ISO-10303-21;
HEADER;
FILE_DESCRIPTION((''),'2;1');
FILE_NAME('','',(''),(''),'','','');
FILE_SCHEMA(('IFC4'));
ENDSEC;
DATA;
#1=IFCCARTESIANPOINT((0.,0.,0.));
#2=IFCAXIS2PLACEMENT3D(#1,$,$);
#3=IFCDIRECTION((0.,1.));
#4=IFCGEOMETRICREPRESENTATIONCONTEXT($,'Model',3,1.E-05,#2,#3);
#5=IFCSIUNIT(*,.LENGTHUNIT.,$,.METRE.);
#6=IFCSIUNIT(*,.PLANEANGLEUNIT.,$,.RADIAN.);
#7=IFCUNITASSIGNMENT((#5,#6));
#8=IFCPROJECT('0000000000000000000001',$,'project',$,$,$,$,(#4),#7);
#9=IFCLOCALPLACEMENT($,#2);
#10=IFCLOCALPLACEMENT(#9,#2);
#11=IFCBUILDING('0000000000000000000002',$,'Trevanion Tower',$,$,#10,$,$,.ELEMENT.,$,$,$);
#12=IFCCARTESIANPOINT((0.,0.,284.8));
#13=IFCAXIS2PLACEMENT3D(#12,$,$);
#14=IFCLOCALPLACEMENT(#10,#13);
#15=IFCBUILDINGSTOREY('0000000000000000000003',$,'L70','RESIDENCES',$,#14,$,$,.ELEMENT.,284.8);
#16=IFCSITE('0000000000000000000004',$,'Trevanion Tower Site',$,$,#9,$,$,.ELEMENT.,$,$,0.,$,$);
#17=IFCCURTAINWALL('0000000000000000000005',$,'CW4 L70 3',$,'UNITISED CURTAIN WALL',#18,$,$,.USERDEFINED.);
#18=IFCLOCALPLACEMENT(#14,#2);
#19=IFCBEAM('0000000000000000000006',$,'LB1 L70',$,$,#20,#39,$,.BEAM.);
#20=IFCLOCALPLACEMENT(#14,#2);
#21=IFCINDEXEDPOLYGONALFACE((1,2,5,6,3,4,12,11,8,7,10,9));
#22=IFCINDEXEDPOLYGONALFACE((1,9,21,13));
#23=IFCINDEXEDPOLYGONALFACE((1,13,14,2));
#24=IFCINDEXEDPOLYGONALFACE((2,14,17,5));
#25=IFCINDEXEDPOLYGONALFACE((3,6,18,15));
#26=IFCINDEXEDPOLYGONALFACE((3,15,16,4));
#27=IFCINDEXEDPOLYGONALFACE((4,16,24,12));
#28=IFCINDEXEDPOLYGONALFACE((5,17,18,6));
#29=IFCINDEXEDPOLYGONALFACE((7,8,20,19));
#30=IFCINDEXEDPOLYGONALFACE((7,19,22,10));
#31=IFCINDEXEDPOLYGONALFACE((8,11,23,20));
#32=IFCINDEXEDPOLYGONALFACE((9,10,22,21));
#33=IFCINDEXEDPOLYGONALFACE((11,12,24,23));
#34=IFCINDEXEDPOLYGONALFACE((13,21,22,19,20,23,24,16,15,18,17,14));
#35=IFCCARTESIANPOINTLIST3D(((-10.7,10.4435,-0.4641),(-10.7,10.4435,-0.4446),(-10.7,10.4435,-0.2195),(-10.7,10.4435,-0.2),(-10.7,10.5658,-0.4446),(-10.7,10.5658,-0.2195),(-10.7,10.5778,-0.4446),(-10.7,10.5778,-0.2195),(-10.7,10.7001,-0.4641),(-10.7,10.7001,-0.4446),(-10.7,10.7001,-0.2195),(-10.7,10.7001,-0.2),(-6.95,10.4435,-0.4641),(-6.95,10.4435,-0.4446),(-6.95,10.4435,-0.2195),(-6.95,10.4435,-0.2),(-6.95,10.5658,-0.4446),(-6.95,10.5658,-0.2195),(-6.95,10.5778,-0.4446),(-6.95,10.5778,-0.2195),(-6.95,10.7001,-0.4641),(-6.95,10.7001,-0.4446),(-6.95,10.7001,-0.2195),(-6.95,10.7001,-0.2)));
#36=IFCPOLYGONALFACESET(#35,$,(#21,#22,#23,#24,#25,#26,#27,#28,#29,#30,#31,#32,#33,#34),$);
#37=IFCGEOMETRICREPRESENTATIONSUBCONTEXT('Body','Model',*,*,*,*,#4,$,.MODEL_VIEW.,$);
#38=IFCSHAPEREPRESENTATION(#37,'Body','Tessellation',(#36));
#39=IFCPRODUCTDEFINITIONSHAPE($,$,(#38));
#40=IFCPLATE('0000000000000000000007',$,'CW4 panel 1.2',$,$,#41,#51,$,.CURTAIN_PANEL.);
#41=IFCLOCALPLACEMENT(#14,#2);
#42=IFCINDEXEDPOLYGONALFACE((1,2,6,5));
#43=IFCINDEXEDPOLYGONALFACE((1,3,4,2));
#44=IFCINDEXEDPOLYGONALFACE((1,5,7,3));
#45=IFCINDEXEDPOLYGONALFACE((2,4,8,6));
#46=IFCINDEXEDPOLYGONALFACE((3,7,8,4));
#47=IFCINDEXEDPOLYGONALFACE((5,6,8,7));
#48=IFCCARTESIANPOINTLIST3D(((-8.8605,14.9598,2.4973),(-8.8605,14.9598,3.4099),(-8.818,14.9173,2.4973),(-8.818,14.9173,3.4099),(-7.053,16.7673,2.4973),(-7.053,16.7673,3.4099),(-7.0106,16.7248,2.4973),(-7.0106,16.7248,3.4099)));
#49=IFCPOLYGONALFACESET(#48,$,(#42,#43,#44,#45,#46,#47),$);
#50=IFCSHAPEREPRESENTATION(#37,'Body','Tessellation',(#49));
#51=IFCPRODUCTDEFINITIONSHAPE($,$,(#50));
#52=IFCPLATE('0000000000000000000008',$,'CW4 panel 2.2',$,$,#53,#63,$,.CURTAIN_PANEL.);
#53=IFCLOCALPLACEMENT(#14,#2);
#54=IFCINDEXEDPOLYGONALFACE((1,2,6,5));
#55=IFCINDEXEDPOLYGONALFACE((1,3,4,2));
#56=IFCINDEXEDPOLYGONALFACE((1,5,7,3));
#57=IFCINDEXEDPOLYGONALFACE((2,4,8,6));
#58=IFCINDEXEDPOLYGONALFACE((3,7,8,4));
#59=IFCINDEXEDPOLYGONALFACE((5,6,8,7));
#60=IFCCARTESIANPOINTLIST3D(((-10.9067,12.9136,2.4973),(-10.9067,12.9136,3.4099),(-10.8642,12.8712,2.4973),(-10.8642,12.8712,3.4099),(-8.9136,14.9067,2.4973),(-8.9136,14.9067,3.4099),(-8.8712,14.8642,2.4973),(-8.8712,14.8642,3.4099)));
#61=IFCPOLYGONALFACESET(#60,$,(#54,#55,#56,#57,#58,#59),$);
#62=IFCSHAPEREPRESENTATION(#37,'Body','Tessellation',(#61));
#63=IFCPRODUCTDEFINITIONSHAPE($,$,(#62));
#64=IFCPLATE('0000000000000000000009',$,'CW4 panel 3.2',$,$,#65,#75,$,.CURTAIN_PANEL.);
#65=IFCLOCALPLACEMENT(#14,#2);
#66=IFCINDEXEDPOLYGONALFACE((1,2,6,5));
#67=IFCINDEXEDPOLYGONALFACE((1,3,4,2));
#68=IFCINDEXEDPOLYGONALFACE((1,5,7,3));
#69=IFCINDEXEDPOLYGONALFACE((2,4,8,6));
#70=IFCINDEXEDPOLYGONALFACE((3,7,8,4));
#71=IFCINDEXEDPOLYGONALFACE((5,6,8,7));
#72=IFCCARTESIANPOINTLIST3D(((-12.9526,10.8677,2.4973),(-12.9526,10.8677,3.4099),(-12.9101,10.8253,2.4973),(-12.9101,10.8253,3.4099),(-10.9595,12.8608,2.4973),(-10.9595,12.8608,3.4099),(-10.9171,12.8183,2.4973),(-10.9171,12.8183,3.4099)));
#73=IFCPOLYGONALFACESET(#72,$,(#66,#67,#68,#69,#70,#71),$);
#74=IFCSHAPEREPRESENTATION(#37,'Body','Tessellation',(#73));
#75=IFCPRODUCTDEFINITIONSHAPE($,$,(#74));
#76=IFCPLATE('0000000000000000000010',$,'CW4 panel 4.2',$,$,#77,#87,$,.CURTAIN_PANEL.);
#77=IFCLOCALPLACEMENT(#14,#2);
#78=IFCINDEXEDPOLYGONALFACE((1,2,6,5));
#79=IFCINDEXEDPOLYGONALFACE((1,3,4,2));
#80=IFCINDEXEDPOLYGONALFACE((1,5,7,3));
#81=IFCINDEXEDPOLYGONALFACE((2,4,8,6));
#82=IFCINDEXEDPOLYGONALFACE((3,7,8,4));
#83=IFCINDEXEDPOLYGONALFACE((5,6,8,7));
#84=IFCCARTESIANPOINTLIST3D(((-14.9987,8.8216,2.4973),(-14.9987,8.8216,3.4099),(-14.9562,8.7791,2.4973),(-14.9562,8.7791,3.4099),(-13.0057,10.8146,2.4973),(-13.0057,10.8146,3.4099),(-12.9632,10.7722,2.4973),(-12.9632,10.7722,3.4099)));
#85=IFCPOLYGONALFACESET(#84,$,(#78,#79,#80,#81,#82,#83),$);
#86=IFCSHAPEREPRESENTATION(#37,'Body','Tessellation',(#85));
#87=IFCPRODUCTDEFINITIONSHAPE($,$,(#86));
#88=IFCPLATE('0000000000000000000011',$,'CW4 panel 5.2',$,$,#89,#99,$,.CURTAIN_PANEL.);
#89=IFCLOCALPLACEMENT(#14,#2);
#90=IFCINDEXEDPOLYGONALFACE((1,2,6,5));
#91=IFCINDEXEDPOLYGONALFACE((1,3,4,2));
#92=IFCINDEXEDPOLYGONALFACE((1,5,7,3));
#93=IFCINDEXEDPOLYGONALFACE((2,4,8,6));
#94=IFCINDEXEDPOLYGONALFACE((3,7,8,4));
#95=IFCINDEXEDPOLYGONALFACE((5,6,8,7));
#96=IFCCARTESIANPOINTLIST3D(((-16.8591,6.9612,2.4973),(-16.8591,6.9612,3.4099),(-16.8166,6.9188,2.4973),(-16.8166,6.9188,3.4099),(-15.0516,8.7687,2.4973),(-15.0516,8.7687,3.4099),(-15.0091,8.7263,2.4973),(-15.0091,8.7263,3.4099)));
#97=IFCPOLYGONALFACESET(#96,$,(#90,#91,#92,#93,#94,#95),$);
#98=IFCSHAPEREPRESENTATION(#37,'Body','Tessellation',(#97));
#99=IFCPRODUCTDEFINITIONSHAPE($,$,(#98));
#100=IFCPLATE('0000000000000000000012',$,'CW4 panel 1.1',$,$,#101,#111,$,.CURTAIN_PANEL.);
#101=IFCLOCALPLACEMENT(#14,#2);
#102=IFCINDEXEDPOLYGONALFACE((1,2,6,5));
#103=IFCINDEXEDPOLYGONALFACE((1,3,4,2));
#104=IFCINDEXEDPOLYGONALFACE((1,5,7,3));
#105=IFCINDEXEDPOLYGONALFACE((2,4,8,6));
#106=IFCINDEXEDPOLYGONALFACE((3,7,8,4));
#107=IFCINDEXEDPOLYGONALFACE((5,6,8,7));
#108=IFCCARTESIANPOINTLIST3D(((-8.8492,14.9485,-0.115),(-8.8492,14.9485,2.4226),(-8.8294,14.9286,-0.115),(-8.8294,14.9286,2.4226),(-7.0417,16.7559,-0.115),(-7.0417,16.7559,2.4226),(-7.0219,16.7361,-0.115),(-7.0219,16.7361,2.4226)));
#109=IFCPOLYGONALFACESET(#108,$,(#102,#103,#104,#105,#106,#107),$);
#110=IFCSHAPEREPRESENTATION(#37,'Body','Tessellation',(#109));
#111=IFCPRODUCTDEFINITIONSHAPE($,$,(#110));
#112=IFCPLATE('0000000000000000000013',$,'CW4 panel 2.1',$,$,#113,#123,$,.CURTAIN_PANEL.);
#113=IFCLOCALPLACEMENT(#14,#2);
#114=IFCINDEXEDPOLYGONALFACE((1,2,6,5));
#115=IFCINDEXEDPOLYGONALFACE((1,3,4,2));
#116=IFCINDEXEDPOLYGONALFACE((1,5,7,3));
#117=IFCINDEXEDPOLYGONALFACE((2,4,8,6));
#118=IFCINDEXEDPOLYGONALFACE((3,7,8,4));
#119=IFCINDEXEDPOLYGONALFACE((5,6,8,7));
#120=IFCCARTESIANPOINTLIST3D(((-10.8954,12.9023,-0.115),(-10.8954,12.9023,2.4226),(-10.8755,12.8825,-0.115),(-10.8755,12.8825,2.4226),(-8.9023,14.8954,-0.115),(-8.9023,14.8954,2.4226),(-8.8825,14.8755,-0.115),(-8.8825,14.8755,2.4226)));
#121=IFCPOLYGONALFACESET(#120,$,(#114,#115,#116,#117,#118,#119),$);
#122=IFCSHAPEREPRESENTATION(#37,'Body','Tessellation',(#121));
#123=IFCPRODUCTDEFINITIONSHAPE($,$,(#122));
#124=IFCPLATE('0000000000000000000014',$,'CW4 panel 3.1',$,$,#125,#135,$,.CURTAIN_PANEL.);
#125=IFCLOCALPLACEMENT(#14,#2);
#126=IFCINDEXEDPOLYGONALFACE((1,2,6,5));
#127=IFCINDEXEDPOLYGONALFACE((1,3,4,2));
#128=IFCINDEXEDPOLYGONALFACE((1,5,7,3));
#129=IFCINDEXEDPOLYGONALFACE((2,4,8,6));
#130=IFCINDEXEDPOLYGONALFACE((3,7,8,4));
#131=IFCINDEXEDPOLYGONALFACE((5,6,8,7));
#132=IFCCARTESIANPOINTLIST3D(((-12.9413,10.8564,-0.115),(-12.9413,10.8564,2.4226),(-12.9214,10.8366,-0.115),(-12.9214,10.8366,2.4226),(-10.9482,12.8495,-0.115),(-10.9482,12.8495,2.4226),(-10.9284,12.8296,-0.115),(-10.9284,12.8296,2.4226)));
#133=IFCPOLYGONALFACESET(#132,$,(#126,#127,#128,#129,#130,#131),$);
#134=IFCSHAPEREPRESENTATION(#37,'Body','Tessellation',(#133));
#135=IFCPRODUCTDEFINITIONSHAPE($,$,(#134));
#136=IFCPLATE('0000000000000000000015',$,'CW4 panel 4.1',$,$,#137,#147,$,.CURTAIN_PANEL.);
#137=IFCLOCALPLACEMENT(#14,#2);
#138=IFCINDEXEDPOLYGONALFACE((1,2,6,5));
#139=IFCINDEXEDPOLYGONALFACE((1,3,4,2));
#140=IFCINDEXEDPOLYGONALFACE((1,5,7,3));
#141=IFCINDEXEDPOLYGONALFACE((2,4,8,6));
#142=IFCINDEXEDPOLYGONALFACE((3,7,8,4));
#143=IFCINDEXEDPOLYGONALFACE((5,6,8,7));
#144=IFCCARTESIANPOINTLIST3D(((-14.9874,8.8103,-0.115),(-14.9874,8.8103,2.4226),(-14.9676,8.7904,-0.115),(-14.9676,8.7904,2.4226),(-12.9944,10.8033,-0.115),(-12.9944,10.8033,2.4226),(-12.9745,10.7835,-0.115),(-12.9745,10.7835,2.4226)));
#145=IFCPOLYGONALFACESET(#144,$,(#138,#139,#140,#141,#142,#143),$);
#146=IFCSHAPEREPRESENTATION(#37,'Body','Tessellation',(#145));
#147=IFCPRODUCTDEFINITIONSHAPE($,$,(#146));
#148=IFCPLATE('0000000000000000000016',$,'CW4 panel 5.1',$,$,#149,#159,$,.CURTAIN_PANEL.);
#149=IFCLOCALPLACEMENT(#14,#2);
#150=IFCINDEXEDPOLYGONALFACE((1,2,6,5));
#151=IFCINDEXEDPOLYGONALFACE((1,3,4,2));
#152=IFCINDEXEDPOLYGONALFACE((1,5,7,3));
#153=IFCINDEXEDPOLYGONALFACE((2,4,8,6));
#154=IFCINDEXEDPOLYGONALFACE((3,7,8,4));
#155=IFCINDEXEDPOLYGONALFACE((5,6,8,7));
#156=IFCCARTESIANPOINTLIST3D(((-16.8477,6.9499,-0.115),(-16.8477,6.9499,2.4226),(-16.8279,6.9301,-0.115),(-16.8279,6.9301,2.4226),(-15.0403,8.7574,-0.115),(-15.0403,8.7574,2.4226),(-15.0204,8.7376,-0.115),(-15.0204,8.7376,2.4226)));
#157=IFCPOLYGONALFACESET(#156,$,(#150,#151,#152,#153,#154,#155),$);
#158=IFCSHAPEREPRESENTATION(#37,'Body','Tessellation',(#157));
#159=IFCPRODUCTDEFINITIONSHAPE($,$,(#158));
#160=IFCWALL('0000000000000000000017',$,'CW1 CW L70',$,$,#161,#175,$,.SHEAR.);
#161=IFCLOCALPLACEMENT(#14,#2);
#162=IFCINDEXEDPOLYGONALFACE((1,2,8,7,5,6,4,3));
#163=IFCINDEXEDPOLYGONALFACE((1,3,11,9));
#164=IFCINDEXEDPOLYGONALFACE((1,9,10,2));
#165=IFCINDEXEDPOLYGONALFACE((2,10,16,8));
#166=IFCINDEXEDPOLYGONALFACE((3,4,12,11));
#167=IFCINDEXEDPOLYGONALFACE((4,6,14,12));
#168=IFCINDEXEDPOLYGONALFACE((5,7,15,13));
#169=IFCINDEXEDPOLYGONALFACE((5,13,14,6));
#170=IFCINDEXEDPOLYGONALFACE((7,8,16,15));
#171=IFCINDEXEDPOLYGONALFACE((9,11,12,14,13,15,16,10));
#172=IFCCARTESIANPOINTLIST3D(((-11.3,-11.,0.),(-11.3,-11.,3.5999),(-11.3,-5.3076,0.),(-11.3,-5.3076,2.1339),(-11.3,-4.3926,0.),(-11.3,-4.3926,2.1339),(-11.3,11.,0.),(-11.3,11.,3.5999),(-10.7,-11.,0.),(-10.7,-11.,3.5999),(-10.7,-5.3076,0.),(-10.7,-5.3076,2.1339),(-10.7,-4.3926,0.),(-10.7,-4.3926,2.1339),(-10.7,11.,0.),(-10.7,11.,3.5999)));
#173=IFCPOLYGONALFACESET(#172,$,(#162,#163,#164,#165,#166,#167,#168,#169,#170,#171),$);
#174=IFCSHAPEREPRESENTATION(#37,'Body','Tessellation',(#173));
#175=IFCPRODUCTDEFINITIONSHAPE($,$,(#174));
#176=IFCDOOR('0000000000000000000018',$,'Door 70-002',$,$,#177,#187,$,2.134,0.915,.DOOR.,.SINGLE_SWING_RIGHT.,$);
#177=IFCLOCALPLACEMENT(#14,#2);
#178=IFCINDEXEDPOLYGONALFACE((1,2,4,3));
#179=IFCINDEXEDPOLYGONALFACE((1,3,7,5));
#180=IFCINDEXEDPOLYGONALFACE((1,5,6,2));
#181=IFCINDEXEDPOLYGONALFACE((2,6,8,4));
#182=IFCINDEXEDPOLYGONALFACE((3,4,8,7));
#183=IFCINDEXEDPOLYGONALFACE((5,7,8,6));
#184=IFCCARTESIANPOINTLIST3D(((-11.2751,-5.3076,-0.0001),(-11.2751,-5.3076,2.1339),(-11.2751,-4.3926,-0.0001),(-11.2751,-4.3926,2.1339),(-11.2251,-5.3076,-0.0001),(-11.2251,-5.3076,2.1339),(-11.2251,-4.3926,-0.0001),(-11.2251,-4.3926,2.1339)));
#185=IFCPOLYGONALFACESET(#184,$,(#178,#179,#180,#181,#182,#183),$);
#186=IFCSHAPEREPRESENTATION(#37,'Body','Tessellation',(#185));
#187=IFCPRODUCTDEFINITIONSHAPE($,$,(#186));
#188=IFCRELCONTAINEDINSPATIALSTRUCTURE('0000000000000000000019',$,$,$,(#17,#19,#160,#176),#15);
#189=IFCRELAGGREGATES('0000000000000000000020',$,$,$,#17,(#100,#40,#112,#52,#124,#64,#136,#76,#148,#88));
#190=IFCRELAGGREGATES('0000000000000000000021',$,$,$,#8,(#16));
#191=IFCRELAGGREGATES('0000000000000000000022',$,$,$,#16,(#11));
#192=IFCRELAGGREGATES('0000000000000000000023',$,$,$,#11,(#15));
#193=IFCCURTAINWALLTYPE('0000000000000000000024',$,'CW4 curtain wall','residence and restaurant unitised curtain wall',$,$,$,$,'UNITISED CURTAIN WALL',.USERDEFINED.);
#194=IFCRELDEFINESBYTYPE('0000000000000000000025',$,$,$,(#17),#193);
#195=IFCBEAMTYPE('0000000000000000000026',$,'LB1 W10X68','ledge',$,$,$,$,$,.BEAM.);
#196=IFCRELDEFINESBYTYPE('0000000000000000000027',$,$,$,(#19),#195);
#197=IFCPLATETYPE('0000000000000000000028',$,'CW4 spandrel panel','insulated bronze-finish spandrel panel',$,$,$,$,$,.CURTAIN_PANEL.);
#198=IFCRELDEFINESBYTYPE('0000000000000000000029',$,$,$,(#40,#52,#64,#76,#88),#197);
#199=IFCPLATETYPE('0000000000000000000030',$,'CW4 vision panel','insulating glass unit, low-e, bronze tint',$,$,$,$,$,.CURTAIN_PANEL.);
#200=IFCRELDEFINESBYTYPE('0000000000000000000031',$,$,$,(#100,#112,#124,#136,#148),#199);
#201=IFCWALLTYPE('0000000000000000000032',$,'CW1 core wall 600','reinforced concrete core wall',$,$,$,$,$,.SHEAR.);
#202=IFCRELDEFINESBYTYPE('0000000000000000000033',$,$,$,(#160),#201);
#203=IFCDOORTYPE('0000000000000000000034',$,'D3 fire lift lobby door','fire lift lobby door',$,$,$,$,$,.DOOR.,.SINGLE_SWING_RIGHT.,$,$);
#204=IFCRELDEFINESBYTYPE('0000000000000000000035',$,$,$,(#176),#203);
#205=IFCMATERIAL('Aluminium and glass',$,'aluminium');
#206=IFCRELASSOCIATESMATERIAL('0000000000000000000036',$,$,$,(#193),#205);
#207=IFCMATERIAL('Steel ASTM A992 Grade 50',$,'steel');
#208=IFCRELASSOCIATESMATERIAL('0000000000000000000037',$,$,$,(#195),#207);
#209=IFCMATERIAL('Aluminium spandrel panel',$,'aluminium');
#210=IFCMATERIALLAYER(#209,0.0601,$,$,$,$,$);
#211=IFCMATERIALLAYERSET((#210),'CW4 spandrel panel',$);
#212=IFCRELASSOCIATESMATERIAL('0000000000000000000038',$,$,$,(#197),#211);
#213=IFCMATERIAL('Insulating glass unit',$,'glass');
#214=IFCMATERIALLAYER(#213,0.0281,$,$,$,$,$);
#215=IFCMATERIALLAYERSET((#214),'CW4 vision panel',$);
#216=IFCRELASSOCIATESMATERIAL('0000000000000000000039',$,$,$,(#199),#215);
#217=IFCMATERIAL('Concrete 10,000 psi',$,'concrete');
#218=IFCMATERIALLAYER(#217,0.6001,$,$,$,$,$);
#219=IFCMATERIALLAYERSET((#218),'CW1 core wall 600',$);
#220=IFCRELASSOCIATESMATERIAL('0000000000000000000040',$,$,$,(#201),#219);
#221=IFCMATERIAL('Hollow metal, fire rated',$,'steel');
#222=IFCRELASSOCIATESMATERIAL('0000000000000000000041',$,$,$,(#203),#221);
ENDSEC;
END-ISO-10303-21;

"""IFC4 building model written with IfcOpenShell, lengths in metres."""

from ifc_helpers import new_model, si_unit, direction, frame, frame_2d, origin, origin_2d, place, context, subcontext, project, spatial, rectangle, i_section, extrude, material, layer, layer_set, material_profile, profile_set, type_object, element, fill, aggregate, save


model = new_model("IFC4")

# Units and contexts
model_context = context("Model", 3, precision=1e-05, world=origin(), true_north=direction((0.0, 1.0)))
body_context = subcontext(model_context, "Body", "Model", "MODEL_VIEW")
ifc_project = project(units=[si_unit("LENGTHUNIT", "METRE"), si_unit("PLANEANGLEUNIT", "RADIAN")], contexts=[model_context])

# Site, building, storey
site_placement = place(None, origin())
site = spatial("IfcSite", under=ifc_project, at=site_placement, Name="Trevanion Tower Site", CompositionType="ELEMENT", RefElevation=0.0)
building_placement = place(site_placement, origin())
building = spatial("IfcBuilding", under=site, at=building_placement, Name="Trevanion Tower", CompositionType="ELEMENT")
storey_placement = place(building_placement, frame((0.0, 0.0, 284.8)))
storey = spatial("IfcBuildingStorey", under=building, at=storey_placement, Name="L70", Description="RESIDENCES", CompositionType="ELEMENT", Elevation=284.8)

# Curtain wall
ifc_material_1 = material(Name="Aluminium and glass", Category="aluminium")
curtain_wall_type = type_object("IfcCurtainWallType", Name="CW4 curtain wall", Description="residence and restaurant unitised curtain wall", ElementType="UNITISED CURTAIN WALL", PredefinedType="USERDEFINED", material=ifc_material_1)
curtain_wall_placement = place(storey_placement, origin())
curtain_wall = element("IfcCurtainWall", 1, at=curtain_wall_placement, inside=storey, type_object=curtain_wall_type, Name="CW4 L70 3", ObjectType="UNITISED CURTAIN WALL", PredefinedType="USERDEFINED")

# Beam
ifc_material_2 = material(Name="Steel ASTM A992 Grade 50", Category="steel")
ifc_material_profile_1 = material_profile(ifc_material_2, i_section(OverallWidth=0.2566, OverallDepth=0.2642, WebThickness=0.012, FlangeThickness=0.0195, at=origin_2d()), Name="W10X68")
ifc_profile_set_1 = profile_set([ifc_material_profile_1], Name="Steel ASTM A992 Grade 50")
beam_type = type_object("IfcBeamType", Name="LB1 W10X68", Description="ledge", PredefinedType="BEAM", material=ifc_profile_set_1)
beam_placement = place(storey_placement, frame((-10.7, 10.5718, -0.332), z_axis=(1.0, 0.0, 0.0), x_axis=(0.0, 1.0, 0.0)))
element("IfcBeam", 2, at=beam_placement, inside=storey, type_object=beam_type, Name="LB1 L70", PredefinedType="BEAM", context=body_context, shape_type="SweptSolid", body=[
    extrude(i_section(OverallWidth=0.2566, OverallDepth=0.2642, WebThickness=0.012, FlangeThickness=0.0195, at=origin_2d()), origin(), (0.0, 0.0, 1.0), 3.75),
])

# Plates
ifc_material_3 = material(Name="Aluminium spandrel panel", Category="aluminium")
ifc_layer_1 = layer(ifc_material_3, 0.0601)
ifc_layer_set_1 = layer_set([ifc_layer_1], Name="CW4 spandrel panel")
plate_type_1 = type_object("IfcPlateType", Name="CW4 spandrel panel", Description="insulated bronze-finish spandrel panel", PredefinedType="CURTAIN_PANEL", material=ifc_layer_set_1)
plate_1_placement = place(storey_placement, frame((-7.9355, 15.8423, 2.4973), z_axis=(0.0, 0.0, 1.0), x_axis=(-0.707107, -0.707107, 0.0)))
plate_1 = element("IfcPlate", 3, at=plate_1_placement, type_object=plate_type_1, Name="CW4 panel 1.2", PredefinedType="CURTAIN_PANEL", context=body_context, shape_type="SweptSolid", body=[
    extrude(rectangle(XDim=2.5562, YDim=0.0601, at=origin_2d()), origin(), (0.0, 0.0, 1.0), 0.9126),
])
plate_2_placement = place(storey_placement, frame((-9.8889, 13.8889, 2.4973), z_axis=(0.0, 0.0, 1.0), x_axis=(-0.707107, -0.707107, 0.0)))
plate_2 = element("IfcPlate", 4, at=plate_2_placement, type_object=plate_type_1, Name="CW4 panel 2.2", PredefinedType="CURTAIN_PANEL", context=body_context, shape_type="SweptSolid", body=[
    extrude(rectangle(XDim=2.8186, YDim=0.0601, at=origin_2d()), origin(), (0.0, 0.0, 1.0), 0.9126),
])
plate_3_placement = place(storey_placement, frame((-11.9348, 11.843, 2.4973), z_axis=(0.0, 0.0, 1.0), x_axis=(-0.707107, -0.707107, 0.0)))
plate_3 = element("IfcPlate", 5, at=plate_3_placement, type_object=plate_type_1, Name="CW4 panel 3.2", PredefinedType="CURTAIN_PANEL", context=body_context, shape_type="SweptSolid", body=[
    extrude(rectangle(XDim=2.8186, YDim=0.0601, at=origin_2d()), origin(), (0.0, 0.0, 1.0), 0.9126),
])
plate_4_placement = place(storey_placement, frame((-13.981, 9.7969, 2.4973), z_axis=(0.0, 0.0, 1.0), x_axis=(-0.707107, -0.707107, 0.0)))
plate_4 = element("IfcPlate", 6, at=plate_4_placement, type_object=plate_type_1, Name="CW4 panel 4.2", PredefinedType="CURTAIN_PANEL", context=body_context, shape_type="SweptSolid", body=[
    extrude(rectangle(XDim=2.8186, YDim=0.0601, at=origin_2d()), origin(), (0.0, 0.0, 1.0), 0.9126),
])
plate_5_placement = place(storey_placement, frame((-15.9341, 7.8438, 2.4973), z_axis=(0.0, 0.0, 1.0), x_axis=(-0.707107, -0.707107, 0.0)))
plate_5 = element("IfcPlate", 7, at=plate_5_placement, type_object=plate_type_1, Name="CW4 panel 5.2", PredefinedType="CURTAIN_PANEL", context=body_context, shape_type="SweptSolid", body=[
    extrude(rectangle(XDim=2.5562, YDim=0.0601, at=origin_2d()), origin(), (0.0, 0.0, 1.0), 0.9126),
])
ifc_material_4 = material(Name="Insulating glass unit", Category="glass")
ifc_layer_2 = layer(ifc_material_4, 0.0281)
ifc_layer_set_2 = layer_set([ifc_layer_2], Name="CW4 vision panel")
plate_type_2 = type_object("IfcPlateType", Name="CW4 vision panel", Description="insulating glass unit, low-e, bronze tint", PredefinedType="CURTAIN_PANEL", material=ifc_layer_set_2)
plate_6_placement = place(storey_placement, frame((-7.9355, 15.8423, -0.115), z_axis=(0.0, 0.0, 1.0), x_axis=(-0.707107, -0.707107, 0.0)))
plate_6 = element("IfcPlate", 8, at=plate_6_placement, type_object=plate_type_2, Name="CW4 panel 1.1", PredefinedType="CURTAIN_PANEL", context=body_context, shape_type="SweptSolid", body=[
    extrude(rectangle(XDim=2.5562, YDim=0.0281, at=origin_2d()), origin(), (0.0, 0.0, 1.0), 2.5376),
])
plate_7_placement = place(storey_placement, frame((-9.8889, 13.8889, -0.115), z_axis=(0.0, 0.0, 1.0), x_axis=(-0.707107, -0.707107, 0.0)))
plate_7 = element("IfcPlate", 9, at=plate_7_placement, type_object=plate_type_2, Name="CW4 panel 2.1", PredefinedType="CURTAIN_PANEL", context=body_context, shape_type="SweptSolid", body=[
    extrude(rectangle(XDim=2.8186, YDim=0.0281, at=origin_2d()), origin(), (0.0, 0.0, 1.0), 2.5376),
])
plate_8_placement = place(storey_placement, frame((-11.9348, 11.843, -0.115), z_axis=(0.0, 0.0, 1.0), x_axis=(-0.707107, -0.707107, 0.0)))
plate_8 = element("IfcPlate", 10, at=plate_8_placement, type_object=plate_type_2, Name="CW4 panel 3.1", PredefinedType="CURTAIN_PANEL", context=body_context, shape_type="SweptSolid", body=[
    extrude(rectangle(XDim=2.8186, YDim=0.0281, at=origin_2d()), origin(), (0.0, 0.0, 1.0), 2.5376),
])
plate_9_placement = place(storey_placement, frame((-13.981, 9.7969, -0.115), z_axis=(0.0, 0.0, 1.0), x_axis=(-0.707107, -0.707107, 0.0)))
plate_9 = element("IfcPlate", 11, at=plate_9_placement, type_object=plate_type_2, Name="CW4 panel 4.1", PredefinedType="CURTAIN_PANEL", context=body_context, shape_type="SweptSolid", body=[
    extrude(rectangle(XDim=2.8186, YDim=0.0281, at=origin_2d()), origin(), (0.0, 0.0, 1.0), 2.5376),
])
plate_10_placement = place(storey_placement, frame((-15.9341, 7.8438, -0.115), z_axis=(0.0, 0.0, 1.0), x_axis=(-0.707107, -0.707107, 0.0)))
plate_10 = element("IfcPlate", 12, at=plate_10_placement, type_object=plate_type_2, Name="CW4 panel 5.1", PredefinedType="CURTAIN_PANEL", context=body_context, shape_type="SweptSolid", body=[
    extrude(rectangle(XDim=2.5562, YDim=0.0281, at=origin_2d()), origin(), (0.0, 0.0, 1.0), 2.5376),
])
aggregate(curtain_wall, [plate_6, plate_1, plate_7, plate_2, plate_8, plate_3, plate_9, plate_4, plate_10, plate_5])

# Wall, opening, door
ifc_material_5 = material(Name="Concrete 10,000 psi", Category="concrete")
ifc_layer_3 = layer(ifc_material_5, 0.6001)
ifc_layer_set_3 = layer_set([ifc_layer_3], Name="CW1 core wall 600")
wall_type_1 = type_object("IfcWallType", Name="CW1 core wall 600", Description="reinforced concrete core wall", PredefinedType="SHEAR", material=ifc_layer_set_3)
wall_1_placement = place(storey_placement, frame((-11.0, 11.0, 0.0), z_axis=(0.0, 0.0, 1.0), x_axis=(0.0, -1.0, 0.0)))
wall_1 = element("IfcWall", 13, at=wall_1_placement, inside=storey, type_object=wall_type_1, Name="CW1 CW L70", PredefinedType="SHEAR", context=body_context, shape_type="SweptSolid", body=[
    extrude(rectangle(XDim=22.0, YDim=0.6001, at=frame_2d((11.0, 0.0))), origin(), (0.0, 0.0, 1.0), 3.5999),
])
opening_placement = place(wall_1_placement, frame((15.3926, 0.0, 0.0)))
opening = element("IfcOpeningElement", 14, at=opening_placement, cuts=wall_1, PredefinedType="OPENING", context=body_context, shape_type="SweptSolid", body=[
    extrude(rectangle(XDim=0.915, YDim=2.134, at=frame_2d((0.4575, 1.0669))), frame((0.0, 0.3101, 0.0), z_axis=(0.0, -1.0, 0.0), x_axis=(1.0, 0.0, 0.0)), (0.0, 0.0, 1.0), 0.6201),
])
ifc_material_6 = material(Name="Hollow metal, fire rated", Category="steel")
door_type = type_object("IfcDoorType", Name="D3 fire lift lobby door", Description="fire lift lobby door", OperationType="SINGLE_SWING_RIGHT", PredefinedType="DOOR", material=ifc_material_6)
door_placement = place(opening_placement, origin())
door = element("IfcDoor", 15, at=door_placement, inside=storey, type_object=door_type, Name="Door 70-002", OperationType="SINGLE_SWING_RIGHT", OverallHeight=2.134, OverallWidth=0.915, PredefinedType="DOOR", context=body_context, shape_type="SweptSolid", body=[
    extrude(rectangle(XDim=0.915, YDim=2.134, at=frame_2d((0.4575, 1.0669))), frame((0.0, -0.2251, 0.0), z_axis=(0.0, -1.0, 0.0), x_axis=(1.0, 0.0, 0.0)), (0.0, 0.0, 1.0), 0.05),
])
fill(opening, door)

save(model, "model.ifc")
